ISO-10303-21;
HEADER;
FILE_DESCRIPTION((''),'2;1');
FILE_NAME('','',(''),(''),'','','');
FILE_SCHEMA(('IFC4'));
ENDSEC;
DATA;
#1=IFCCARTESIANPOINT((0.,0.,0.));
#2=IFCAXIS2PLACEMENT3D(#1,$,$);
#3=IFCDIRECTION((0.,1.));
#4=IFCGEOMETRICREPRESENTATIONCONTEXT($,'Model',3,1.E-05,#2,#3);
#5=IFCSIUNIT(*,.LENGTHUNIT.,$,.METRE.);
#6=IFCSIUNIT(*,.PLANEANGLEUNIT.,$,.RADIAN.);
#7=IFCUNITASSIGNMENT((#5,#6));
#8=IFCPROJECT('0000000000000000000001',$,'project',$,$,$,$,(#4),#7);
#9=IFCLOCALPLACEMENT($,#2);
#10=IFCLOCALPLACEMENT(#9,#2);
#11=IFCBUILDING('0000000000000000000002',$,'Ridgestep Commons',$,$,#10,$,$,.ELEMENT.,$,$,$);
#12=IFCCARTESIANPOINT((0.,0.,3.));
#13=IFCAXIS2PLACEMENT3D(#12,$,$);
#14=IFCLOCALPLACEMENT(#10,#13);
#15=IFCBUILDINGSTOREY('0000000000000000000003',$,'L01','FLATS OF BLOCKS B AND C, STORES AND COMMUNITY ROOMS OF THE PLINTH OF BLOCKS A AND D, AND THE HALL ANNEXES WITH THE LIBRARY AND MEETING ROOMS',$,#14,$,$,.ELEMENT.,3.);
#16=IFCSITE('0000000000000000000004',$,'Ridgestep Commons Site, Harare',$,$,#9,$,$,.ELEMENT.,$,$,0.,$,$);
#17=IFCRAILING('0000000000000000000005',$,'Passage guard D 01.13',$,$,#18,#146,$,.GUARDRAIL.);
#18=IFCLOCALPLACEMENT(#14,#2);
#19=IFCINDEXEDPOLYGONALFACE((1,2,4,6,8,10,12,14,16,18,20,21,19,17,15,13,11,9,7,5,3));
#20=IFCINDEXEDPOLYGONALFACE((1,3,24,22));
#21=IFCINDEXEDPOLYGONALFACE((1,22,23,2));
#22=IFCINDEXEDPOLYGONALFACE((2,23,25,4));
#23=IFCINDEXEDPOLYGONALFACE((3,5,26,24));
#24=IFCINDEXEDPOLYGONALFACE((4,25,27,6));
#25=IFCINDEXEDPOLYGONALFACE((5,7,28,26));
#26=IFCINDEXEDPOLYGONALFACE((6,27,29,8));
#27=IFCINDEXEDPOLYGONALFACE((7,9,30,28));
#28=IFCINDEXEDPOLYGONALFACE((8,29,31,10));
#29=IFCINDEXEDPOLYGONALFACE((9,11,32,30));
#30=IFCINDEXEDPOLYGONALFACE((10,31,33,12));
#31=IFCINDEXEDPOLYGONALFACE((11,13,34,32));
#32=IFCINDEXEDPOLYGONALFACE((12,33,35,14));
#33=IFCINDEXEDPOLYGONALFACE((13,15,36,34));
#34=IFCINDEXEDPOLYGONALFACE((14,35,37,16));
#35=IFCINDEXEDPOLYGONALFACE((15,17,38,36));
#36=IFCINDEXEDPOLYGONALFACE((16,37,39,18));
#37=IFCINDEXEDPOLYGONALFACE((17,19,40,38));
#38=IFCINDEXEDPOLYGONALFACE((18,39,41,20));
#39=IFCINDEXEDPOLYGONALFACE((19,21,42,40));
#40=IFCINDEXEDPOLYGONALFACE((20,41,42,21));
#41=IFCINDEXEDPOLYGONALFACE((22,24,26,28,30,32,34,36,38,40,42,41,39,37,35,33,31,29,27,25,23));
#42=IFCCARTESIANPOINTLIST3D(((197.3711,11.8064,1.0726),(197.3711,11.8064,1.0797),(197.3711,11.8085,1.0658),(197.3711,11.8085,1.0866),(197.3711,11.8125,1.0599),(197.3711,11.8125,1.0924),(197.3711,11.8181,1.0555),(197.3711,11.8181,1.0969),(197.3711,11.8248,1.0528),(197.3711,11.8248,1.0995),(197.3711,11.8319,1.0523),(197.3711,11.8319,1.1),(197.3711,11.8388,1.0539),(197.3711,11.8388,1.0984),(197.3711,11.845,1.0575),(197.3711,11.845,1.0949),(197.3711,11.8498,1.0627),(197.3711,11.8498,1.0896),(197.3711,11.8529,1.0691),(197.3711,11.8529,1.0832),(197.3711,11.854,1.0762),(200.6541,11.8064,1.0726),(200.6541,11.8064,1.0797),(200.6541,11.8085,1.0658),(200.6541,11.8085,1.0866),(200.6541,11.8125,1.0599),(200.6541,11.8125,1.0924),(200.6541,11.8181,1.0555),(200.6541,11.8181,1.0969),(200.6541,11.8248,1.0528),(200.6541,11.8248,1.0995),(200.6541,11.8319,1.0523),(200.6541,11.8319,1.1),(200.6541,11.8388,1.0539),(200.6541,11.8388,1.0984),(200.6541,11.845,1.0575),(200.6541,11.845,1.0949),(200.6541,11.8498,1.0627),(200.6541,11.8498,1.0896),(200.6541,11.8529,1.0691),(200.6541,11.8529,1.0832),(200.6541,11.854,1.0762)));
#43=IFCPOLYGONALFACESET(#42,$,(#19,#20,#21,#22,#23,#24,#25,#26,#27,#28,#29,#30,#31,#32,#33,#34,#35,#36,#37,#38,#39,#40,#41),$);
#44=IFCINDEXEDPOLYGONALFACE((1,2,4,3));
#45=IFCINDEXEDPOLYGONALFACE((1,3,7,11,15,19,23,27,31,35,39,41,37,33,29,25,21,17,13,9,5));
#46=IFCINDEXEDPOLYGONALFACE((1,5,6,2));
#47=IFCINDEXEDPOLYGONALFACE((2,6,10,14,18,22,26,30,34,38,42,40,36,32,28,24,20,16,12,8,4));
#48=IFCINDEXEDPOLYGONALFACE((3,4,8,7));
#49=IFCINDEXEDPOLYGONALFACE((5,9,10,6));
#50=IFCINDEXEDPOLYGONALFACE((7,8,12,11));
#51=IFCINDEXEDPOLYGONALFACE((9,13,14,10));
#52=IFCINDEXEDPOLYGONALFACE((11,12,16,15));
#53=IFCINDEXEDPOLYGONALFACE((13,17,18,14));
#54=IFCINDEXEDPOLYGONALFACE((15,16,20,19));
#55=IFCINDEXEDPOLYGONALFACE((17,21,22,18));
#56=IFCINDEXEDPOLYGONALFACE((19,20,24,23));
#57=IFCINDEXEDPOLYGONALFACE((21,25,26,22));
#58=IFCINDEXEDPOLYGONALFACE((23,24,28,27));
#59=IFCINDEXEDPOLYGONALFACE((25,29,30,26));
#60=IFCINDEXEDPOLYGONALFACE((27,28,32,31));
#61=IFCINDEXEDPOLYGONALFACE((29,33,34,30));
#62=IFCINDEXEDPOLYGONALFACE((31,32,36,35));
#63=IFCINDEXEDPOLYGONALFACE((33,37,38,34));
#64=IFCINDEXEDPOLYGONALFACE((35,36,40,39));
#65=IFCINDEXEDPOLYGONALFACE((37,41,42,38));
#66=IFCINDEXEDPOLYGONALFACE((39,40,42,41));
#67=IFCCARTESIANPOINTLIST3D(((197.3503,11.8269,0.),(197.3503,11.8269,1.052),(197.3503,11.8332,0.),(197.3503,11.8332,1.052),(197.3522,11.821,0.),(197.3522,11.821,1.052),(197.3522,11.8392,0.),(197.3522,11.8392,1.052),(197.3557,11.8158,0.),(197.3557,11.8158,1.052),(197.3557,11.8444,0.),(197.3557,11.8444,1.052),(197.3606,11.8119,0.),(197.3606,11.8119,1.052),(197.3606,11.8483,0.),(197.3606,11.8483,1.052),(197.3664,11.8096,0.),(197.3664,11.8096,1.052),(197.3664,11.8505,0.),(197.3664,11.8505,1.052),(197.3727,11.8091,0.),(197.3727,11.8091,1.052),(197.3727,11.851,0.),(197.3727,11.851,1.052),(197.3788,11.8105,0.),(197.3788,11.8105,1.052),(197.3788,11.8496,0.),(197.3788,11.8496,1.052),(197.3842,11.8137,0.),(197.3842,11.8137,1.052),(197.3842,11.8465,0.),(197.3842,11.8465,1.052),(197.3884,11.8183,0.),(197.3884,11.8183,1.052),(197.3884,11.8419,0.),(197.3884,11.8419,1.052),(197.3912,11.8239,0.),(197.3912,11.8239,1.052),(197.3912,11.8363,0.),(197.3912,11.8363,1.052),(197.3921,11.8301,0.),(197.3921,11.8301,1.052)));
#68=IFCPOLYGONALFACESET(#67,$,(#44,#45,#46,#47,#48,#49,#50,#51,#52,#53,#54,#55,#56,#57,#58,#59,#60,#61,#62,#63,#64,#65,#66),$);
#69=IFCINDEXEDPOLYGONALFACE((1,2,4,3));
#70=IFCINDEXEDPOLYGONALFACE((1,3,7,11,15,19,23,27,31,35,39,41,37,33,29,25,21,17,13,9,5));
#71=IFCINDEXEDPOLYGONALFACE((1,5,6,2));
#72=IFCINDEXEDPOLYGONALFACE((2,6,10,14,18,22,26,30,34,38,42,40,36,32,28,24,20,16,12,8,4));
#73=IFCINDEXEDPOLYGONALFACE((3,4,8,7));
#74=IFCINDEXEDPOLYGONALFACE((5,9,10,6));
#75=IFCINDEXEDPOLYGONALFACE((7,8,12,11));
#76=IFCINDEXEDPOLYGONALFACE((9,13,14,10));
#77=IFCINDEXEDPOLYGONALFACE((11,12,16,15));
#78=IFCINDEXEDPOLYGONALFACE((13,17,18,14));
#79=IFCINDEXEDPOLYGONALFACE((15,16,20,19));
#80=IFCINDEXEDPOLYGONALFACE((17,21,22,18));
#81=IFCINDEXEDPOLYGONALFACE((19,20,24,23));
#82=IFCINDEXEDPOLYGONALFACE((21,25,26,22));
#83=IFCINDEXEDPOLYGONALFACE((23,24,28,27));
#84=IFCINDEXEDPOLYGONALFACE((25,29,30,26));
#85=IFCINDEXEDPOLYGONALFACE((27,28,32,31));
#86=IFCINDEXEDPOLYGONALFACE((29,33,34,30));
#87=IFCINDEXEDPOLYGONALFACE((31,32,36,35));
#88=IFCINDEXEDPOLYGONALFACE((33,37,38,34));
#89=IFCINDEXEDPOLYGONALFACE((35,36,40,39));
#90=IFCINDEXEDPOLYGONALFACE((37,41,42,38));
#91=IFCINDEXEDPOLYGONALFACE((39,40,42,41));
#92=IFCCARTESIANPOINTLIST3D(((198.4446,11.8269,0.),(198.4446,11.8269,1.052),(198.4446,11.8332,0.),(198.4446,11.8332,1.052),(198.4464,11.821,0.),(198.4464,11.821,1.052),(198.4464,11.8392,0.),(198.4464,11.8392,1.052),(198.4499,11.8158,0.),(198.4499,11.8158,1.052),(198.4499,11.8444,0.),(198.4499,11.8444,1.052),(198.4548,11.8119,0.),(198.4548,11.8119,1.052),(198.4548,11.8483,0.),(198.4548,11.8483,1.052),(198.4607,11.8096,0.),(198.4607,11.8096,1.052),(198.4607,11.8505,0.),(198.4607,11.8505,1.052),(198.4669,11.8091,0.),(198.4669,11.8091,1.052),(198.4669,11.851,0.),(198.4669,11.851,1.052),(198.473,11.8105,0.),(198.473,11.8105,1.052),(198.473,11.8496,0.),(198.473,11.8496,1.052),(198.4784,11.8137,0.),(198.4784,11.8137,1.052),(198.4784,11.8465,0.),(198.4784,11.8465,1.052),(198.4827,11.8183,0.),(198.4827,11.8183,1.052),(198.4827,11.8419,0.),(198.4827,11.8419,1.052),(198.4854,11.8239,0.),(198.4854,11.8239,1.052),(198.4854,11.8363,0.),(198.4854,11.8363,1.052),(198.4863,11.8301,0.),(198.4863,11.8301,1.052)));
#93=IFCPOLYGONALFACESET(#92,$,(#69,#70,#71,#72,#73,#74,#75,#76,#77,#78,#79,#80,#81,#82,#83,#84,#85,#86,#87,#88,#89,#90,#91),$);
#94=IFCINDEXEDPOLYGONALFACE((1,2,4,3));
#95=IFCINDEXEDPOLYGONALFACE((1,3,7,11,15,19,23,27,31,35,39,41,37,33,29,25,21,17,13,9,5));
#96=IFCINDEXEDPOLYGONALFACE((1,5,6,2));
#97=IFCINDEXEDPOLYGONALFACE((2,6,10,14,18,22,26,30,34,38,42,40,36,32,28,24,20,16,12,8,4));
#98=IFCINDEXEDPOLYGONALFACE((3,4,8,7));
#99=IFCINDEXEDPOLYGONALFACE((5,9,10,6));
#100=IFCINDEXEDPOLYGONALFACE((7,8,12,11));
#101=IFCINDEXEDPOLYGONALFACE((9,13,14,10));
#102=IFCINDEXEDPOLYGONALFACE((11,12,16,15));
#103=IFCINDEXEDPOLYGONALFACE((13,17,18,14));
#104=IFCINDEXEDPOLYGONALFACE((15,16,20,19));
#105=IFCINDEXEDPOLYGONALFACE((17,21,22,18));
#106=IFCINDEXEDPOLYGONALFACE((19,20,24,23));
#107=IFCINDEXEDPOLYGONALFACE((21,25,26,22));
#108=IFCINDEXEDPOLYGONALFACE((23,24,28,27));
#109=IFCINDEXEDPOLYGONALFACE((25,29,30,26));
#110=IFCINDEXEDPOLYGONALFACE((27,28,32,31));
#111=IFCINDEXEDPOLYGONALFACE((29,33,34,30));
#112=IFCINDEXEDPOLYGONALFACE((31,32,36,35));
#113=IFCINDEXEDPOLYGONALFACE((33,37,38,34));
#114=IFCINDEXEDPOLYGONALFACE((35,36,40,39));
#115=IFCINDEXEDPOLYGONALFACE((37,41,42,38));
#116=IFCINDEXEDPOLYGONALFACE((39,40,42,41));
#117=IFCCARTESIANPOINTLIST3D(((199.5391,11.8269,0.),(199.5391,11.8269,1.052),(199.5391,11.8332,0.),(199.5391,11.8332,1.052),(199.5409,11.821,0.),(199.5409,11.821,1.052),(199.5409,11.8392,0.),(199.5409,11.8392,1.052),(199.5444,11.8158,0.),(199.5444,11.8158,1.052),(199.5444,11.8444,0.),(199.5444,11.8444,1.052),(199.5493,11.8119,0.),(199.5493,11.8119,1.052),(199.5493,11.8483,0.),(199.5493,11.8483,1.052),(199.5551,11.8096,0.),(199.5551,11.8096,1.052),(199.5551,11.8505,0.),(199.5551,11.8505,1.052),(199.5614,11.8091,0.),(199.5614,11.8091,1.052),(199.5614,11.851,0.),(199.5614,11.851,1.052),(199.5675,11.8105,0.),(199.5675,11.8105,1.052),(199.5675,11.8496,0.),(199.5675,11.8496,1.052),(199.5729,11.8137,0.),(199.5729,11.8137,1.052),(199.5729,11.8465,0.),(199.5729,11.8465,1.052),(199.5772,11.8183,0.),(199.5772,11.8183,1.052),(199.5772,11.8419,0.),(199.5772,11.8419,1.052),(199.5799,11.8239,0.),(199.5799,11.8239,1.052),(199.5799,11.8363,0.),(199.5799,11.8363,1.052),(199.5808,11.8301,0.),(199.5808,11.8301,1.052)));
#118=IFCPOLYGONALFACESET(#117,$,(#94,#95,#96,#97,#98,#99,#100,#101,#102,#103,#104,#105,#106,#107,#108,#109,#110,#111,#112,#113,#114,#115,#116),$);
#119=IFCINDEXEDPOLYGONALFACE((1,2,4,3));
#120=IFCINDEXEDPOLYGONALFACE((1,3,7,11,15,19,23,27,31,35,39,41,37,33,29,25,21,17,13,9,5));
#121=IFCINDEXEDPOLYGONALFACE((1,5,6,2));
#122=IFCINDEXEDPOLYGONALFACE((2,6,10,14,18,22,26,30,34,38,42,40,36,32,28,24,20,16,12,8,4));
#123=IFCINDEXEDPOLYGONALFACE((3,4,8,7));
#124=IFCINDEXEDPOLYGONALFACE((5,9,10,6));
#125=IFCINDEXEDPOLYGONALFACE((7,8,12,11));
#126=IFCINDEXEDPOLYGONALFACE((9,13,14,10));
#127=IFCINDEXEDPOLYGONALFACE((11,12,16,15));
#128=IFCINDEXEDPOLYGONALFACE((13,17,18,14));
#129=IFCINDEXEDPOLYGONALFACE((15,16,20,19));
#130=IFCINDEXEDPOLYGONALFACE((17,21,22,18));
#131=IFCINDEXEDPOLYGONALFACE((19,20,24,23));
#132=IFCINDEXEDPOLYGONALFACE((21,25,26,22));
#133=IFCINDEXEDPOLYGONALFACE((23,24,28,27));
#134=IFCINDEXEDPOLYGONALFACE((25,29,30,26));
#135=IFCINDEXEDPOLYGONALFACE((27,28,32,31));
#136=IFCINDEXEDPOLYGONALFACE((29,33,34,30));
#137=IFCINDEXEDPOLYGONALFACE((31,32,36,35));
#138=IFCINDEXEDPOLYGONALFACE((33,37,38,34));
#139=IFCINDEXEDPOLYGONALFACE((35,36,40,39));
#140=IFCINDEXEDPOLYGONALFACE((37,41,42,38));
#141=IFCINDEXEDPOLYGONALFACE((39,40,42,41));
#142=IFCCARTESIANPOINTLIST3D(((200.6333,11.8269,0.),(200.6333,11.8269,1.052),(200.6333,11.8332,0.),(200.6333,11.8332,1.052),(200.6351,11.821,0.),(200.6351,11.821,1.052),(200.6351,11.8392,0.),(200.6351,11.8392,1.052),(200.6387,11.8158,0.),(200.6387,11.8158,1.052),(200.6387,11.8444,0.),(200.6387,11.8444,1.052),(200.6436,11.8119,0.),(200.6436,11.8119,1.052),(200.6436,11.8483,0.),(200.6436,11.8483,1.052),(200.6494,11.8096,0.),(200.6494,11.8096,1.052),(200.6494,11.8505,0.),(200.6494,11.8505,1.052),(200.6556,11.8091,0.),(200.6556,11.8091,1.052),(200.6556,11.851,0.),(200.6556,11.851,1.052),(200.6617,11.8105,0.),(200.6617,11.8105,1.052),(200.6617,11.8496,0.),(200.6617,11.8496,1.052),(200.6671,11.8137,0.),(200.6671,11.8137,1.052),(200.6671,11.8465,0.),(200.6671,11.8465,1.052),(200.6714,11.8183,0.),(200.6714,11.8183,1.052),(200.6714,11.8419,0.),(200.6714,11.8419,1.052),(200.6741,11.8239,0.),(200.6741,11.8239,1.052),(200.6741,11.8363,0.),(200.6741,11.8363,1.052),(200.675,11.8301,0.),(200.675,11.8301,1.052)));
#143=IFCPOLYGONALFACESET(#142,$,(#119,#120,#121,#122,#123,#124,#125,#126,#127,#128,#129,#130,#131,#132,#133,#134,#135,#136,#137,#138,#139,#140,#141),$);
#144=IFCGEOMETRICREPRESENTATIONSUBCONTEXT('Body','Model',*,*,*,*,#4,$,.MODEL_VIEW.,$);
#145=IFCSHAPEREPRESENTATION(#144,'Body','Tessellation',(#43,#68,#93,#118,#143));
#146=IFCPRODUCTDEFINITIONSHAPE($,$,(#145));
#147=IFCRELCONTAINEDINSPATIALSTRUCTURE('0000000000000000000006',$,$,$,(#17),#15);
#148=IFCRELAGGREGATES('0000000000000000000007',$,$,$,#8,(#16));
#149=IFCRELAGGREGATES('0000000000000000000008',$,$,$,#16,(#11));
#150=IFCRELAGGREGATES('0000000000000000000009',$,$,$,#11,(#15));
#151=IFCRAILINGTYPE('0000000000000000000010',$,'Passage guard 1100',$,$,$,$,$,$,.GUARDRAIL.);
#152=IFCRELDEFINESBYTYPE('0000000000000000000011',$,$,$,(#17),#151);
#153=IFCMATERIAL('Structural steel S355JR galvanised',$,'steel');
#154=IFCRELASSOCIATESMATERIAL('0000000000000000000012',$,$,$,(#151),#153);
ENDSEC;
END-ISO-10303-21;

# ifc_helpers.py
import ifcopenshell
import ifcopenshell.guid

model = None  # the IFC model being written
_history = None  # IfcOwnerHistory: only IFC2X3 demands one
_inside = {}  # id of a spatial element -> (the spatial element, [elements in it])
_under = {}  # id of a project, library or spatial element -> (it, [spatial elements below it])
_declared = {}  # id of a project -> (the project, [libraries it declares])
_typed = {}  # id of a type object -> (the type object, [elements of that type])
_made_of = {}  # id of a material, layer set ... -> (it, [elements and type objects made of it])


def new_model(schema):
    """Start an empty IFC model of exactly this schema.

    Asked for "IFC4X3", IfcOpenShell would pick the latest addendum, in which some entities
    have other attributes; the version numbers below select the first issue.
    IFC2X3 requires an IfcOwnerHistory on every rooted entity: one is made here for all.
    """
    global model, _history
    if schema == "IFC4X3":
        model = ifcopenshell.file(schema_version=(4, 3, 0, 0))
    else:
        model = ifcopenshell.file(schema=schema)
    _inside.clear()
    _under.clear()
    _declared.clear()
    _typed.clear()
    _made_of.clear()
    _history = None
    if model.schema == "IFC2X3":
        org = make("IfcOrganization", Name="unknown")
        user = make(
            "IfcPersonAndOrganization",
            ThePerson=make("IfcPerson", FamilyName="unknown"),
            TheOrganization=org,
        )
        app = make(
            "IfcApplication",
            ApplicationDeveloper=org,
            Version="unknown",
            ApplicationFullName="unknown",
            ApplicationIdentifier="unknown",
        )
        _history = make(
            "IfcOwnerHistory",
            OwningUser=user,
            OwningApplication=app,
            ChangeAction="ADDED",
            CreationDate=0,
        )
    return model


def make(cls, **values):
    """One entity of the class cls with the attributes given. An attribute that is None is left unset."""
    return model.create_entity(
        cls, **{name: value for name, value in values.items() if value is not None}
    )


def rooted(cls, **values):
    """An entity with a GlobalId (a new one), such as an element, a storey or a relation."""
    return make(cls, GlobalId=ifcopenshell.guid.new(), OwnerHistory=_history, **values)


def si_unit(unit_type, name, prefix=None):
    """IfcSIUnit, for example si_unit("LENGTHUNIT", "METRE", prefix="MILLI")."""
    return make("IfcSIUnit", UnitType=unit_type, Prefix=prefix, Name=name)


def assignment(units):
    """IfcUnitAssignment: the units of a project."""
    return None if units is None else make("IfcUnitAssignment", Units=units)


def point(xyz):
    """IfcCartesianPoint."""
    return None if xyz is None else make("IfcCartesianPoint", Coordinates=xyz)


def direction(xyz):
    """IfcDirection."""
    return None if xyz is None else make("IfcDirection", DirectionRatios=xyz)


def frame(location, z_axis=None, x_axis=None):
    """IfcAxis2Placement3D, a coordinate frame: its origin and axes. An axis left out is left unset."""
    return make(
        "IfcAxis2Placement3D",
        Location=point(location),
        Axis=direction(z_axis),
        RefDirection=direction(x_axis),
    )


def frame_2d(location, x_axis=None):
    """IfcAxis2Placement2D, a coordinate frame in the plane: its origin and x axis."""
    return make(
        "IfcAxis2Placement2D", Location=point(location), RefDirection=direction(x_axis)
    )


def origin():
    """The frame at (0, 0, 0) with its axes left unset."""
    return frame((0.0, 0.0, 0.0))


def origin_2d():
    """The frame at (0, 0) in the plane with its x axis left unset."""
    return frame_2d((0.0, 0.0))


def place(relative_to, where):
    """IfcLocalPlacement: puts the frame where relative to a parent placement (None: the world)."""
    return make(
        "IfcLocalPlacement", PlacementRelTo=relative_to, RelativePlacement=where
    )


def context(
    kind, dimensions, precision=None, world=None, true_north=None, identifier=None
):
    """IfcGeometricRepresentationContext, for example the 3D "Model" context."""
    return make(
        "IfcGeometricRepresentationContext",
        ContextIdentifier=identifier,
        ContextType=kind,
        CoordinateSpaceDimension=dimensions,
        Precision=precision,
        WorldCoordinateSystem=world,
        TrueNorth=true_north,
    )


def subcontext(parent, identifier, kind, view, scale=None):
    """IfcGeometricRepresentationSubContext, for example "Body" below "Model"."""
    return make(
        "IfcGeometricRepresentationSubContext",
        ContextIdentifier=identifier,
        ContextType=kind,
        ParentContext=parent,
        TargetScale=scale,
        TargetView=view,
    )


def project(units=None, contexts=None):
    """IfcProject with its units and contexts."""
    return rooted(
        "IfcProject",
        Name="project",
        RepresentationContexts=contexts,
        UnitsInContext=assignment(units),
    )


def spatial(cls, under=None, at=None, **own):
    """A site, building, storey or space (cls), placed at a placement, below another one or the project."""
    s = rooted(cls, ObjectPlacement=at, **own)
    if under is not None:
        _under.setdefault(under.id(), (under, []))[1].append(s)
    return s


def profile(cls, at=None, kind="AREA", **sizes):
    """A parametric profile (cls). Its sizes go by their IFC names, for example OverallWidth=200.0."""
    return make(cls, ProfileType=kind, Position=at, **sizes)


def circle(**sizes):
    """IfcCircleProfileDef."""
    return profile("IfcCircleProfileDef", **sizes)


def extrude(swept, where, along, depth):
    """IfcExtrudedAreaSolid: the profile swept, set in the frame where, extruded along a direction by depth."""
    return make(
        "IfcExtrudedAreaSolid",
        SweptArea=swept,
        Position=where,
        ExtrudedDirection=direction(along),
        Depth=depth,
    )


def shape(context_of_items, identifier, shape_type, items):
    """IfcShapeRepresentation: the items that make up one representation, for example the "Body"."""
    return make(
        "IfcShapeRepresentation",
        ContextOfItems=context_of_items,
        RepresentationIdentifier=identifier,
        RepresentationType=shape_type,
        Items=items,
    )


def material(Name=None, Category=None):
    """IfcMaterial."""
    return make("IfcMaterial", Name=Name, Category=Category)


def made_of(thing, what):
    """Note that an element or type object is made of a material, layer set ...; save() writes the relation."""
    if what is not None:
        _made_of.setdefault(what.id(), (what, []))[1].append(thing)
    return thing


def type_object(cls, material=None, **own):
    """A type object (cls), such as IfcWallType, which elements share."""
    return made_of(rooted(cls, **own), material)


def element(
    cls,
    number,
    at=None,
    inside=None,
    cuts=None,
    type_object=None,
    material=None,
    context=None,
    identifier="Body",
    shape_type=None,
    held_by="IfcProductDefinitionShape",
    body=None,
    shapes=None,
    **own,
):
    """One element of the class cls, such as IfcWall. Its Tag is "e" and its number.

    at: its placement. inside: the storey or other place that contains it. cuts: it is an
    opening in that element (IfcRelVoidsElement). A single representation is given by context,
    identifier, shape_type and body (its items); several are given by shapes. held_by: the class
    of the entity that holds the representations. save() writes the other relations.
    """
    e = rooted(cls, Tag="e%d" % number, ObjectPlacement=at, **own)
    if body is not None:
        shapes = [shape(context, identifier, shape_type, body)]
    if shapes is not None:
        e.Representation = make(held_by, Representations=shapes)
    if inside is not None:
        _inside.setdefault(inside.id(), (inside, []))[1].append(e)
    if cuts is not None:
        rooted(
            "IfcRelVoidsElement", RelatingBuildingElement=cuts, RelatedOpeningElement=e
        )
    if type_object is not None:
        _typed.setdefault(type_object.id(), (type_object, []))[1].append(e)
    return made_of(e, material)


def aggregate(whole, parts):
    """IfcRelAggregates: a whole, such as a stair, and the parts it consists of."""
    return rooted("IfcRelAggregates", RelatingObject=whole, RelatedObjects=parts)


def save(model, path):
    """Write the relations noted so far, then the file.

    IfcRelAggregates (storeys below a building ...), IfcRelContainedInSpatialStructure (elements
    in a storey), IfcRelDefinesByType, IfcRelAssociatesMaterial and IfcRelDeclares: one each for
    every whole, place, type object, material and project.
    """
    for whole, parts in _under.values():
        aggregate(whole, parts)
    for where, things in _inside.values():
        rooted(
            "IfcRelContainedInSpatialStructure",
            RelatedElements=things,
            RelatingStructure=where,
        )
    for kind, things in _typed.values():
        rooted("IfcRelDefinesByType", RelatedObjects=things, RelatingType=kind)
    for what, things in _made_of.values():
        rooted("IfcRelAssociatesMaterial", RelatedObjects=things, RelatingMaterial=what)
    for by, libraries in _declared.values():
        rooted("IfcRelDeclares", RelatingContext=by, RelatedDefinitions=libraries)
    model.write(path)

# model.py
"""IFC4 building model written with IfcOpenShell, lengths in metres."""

from ifc_helpers import new_model, si_unit, direction, frame, origin, origin_2d, place, context, subcontext, project, spatial, circle, extrude, material, type_object, element, save


model = new_model("IFC4")

# Units and contexts
model_context = context("Model", 3, precision=1e-05, world=origin(), true_north=direction((0.0, 1.0)))
body_context = subcontext(model_context, "Body", "Model", "MODEL_VIEW")
ifc_project = project(units=[si_unit("LENGTHUNIT", "METRE"), si_unit("PLANEANGLEUNIT", "RADIAN")], contexts=[model_context])

# Site, building, storey
site_placement = place(None, origin())
site = spatial("IfcSite", under=ifc_project, at=site_placement, Name="Ridgestep Commons Site, Harare", CompositionType="ELEMENT", RefElevation=0.0)
building_placement = place(site_placement, origin())
building = spatial("IfcBuilding", under=site, at=building_placement, Name="Ridgestep Commons", CompositionType="ELEMENT")
storey_placement = place(building_placement, frame((0.0, 0.0, 3.0)))
storey = spatial("IfcBuildingStorey", under=building, at=storey_placement, Name="L01", Description="FLATS OF BLOCKS B AND C, STORES AND COMMUNITY ROOMS OF THE PLINTH OF BLOCKS A AND D, AND THE HALL ANNEXES WITH THE LIBRARY AND MEETING ROOMS", CompositionType="ELEMENT", Elevation=3.0)

# Railing
ifc_material_1 = material(Name="Structural steel S355JR galvanised", Category="steel")
railing_type = type_object("IfcRailingType", Name="Passage guard 1100", PredefinedType="GUARDRAIL", material=ifc_material_1)
railing_1_placement = place(storey_placement, frame((197.3711, 11.8301, 0.0)))
element("IfcRailing", 1, at=railing_1_placement, inside=storey, type_object=railing_type, Name="Passage guard D 01.13", PredefinedType="GUARDRAIL", context=body_context, shape_type="SweptSolid", body=[
    extrude(circle(Radius=0.0239, at=origin_2d()), frame((0.0, 0.0, 1.0762), z_axis=(1.0, 0.0, 0.0), x_axis=(0.0, 1.0, 0.0)), (0.0, 0.0, 1.0), 3.283),
    extrude(circle(Radius=0.021, at=origin_2d()), origin(), (0.0, 0.0, 1.0), 1.052),
    extrude(circle(Radius=0.021, at=origin_2d()), frame((1.0942, 0.0, 0.0)), (0.0, 0.0, 1.0), 1.052),
    extrude(circle(Radius=0.021, at=origin_2d()), frame((2.1887, 0.0, 0.0)), (0.0, 0.0, 1.0), 1.052),
    extrude(circle(Radius=0.021, at=origin_2d()), frame((3.283, 0.0, 0.0)), (0.0, 0.0, 1.0), 1.052),
])

save(model, "model.ifc")
